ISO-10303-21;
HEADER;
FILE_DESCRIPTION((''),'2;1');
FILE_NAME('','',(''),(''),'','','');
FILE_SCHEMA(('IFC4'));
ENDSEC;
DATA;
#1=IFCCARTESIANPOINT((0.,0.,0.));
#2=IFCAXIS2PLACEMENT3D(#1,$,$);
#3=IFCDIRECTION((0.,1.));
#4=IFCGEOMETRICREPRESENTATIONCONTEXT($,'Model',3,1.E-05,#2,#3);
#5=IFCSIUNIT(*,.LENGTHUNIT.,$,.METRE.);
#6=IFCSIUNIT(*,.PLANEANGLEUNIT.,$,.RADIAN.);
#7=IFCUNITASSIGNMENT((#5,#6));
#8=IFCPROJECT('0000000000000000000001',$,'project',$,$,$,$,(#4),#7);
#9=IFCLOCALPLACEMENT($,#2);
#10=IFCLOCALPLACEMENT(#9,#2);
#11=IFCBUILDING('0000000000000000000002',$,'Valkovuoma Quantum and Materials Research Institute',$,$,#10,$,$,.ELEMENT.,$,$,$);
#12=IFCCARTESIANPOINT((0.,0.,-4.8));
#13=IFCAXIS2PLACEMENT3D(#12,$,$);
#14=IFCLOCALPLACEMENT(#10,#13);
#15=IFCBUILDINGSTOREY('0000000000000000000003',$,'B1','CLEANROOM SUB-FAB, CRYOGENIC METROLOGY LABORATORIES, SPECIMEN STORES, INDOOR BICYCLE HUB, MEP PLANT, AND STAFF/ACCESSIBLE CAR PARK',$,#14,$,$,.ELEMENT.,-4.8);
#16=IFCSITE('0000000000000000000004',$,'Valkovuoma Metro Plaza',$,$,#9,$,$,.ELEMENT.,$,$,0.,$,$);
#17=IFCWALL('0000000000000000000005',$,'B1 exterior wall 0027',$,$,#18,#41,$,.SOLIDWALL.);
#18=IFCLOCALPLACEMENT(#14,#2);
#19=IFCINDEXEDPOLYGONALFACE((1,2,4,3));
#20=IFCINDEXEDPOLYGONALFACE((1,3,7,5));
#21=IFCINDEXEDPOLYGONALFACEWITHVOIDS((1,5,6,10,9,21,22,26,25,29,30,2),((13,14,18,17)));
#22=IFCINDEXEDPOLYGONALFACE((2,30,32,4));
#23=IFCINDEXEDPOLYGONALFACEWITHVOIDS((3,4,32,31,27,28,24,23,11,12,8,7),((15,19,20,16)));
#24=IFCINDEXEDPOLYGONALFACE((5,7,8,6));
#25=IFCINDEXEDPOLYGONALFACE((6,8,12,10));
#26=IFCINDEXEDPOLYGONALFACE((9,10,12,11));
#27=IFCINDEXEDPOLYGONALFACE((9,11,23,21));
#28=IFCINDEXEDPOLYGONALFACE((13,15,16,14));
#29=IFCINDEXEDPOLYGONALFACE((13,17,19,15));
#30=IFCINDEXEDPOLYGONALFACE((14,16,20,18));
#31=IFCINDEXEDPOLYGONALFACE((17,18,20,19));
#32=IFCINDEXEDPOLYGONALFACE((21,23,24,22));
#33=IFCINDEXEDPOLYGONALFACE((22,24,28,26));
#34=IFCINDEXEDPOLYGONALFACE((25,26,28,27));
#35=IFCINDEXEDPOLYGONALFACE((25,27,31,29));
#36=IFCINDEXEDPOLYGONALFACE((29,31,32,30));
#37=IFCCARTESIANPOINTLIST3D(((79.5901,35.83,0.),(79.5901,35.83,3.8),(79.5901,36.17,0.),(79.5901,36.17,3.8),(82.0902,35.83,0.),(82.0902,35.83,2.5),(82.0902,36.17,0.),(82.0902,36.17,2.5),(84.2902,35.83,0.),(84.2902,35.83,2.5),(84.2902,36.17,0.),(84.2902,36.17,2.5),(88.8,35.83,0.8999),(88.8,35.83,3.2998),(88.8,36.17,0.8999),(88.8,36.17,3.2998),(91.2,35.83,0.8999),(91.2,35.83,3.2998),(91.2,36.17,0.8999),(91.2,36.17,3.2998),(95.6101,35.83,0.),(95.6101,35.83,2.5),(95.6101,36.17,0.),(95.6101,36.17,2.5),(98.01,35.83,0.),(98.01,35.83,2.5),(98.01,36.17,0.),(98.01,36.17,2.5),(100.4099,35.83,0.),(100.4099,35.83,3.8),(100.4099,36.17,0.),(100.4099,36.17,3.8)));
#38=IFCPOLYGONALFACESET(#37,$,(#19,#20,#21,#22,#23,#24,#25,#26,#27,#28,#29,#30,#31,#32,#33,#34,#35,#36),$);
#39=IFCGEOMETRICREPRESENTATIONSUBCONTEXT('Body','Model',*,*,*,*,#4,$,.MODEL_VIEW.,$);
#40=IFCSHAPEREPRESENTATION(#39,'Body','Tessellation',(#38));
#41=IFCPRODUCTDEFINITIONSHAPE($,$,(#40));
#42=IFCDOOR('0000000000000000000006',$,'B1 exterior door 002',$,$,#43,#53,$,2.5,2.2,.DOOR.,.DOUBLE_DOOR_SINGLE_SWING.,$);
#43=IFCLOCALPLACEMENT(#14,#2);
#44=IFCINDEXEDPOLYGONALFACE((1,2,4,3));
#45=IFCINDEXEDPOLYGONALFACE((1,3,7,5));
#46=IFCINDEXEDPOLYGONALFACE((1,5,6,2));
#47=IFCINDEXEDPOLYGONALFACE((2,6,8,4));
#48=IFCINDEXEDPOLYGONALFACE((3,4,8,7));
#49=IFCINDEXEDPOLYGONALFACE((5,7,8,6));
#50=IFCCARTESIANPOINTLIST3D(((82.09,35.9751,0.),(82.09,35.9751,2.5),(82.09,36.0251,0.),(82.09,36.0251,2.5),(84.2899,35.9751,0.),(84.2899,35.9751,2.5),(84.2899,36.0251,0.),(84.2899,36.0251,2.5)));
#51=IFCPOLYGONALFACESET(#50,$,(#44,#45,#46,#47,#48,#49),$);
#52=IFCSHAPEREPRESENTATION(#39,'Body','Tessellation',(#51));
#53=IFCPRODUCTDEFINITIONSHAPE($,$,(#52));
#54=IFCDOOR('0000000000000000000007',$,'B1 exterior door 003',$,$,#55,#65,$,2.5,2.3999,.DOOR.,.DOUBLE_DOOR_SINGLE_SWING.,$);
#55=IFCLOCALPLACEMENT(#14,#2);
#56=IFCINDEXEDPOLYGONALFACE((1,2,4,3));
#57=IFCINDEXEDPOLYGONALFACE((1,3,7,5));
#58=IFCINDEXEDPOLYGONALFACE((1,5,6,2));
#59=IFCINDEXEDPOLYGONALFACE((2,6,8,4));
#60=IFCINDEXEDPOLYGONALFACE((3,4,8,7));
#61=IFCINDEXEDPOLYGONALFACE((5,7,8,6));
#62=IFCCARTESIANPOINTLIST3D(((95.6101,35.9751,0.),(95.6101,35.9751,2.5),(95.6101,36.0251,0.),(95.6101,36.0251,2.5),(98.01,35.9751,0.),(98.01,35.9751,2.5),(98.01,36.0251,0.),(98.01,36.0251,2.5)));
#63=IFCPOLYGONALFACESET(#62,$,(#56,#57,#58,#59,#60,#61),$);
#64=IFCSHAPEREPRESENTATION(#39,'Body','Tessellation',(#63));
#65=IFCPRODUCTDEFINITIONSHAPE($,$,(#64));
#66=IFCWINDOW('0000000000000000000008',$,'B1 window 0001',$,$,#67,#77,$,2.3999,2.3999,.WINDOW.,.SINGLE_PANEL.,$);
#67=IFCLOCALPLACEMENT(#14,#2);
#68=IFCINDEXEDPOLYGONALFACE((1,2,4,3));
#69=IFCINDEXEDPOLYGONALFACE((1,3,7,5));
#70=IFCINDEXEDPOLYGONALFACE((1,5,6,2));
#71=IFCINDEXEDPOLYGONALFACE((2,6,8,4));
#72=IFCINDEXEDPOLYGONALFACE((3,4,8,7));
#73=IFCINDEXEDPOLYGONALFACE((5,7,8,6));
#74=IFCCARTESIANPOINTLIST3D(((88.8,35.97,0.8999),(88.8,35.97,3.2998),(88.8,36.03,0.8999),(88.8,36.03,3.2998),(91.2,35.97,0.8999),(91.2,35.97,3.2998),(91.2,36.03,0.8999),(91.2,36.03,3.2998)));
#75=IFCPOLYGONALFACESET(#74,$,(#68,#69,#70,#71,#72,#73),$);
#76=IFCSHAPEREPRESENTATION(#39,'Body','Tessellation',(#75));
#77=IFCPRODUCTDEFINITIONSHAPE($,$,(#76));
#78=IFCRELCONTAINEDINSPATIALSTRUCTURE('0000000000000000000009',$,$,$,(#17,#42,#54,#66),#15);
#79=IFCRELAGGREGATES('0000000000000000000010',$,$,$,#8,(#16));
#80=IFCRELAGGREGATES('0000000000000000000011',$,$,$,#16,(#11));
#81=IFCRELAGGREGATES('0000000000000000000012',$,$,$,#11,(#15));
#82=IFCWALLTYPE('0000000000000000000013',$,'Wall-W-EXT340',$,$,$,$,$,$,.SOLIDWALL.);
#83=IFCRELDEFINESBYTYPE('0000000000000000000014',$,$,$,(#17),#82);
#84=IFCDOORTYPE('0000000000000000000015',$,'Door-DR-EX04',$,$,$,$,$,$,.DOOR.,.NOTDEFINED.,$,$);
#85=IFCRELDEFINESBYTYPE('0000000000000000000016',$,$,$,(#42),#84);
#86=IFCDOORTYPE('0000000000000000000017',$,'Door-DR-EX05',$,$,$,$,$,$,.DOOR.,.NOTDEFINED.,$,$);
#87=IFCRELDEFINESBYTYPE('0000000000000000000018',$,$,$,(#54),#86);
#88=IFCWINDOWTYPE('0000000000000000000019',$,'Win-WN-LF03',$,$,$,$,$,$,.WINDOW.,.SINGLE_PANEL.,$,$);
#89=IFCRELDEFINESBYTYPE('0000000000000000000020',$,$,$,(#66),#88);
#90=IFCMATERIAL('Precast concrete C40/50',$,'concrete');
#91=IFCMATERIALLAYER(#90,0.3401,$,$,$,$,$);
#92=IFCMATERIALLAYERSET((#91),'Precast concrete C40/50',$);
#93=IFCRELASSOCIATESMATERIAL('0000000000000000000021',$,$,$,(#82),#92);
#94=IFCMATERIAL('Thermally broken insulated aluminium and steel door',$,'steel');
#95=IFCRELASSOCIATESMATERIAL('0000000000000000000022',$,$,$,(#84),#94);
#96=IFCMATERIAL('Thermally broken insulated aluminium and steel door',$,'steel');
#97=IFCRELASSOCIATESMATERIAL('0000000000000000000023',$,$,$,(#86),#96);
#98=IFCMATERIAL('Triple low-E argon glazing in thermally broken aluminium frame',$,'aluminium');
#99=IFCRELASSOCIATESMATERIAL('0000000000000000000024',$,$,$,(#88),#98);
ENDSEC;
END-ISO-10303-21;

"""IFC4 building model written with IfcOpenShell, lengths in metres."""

from ifc_helpers import new_model, si_unit, direction, frame, frame_2d, origin, place, context, subcontext, project, spatial, rectangle, extrude, material, layer, layer_set, type_object, element, fill, save


model = new_model("IFC4")

# Units and contexts
model_context = context("Model", 3, precision=1e-05, world=origin(), true_north=direction((0.0, 1.0)))
body_context = subcontext(model_context, "Body", "Model", "MODEL_VIEW")
ifc_project = project(units=[si_unit("LENGTHUNIT", "METRE"), si_unit("PLANEANGLEUNIT", "RADIAN")], contexts=[model_context])

# Site, building, storey
site_placement = place(None, origin())
site = spatial("IfcSite", under=ifc_project, at=site_placement, Name="Valkovuoma Metro Plaza", CompositionType="ELEMENT", RefElevation=0.0)
building_placement = place(site_placement, origin())
building = spatial("IfcBuilding", under=site, at=building_placement, Name="Valkovuoma Quantum and Materials Research Institute", CompositionType="ELEMENT")
storey_placement = place(building_placement, frame((0.0, 0.0, -4.8)))
storey = spatial("IfcBuildingStorey", under=building, at=storey_placement, Name="B1", Description="CLEANROOM SUB-FAB, CRYOGENIC METROLOGY LABORATORIES, SPECIMEN STORES, INDOOR BICYCLE HUB, MEP PLANT, AND STAFF/ACCESSIBLE CAR PARK", CompositionType="ELEMENT", Elevation=-4.8)

# Wall, openings, doors, window
ifc_material_1 = material(Name="Precast concrete C40/50", Category="concrete")
ifc_layer = layer(ifc_material_1, 0.3401)
ifc_layer_set = layer_set([ifc_layer], Name="Precast concrete C40/50")
wall_type = type_object("IfcWallType", Name="Wall-W-EXT340", PredefinedType="SOLIDWALL", material=ifc_layer_set)
wall_placement = place(storey_placement, frame((79.5901, 36.0, 0.0), z_axis=(0.0, 0.0, 1.0), x_axis=(1.0, 0.0, 0.0)))
wall = element("IfcWall", 1, at=wall_placement, inside=storey, type_object=wall_type, Name="B1 exterior wall 0027", PredefinedType="SOLIDWALL", context=body_context, shape_type="SweptSolid", body=[
    extrude(rectangle(XDim=20.8198, YDim=0.3401, at=frame_2d((10.4099, 0.0))), origin(), (0.0, 0.0, 1.0), 3.8),
])
opening_1_placement = place(wall_placement, frame((2.5, 0.0, 0.0)))
opening_1 = element("IfcOpeningElement", 2, at=opening_1_placement, cuts=wall, PredefinedType="OPENING", context=body_context, shape_type="SweptSolid", body=[
    extrude(rectangle(XDim=2.2, YDim=2.5, at=frame_2d((1.1001, 1.25))), frame((0.0, 0.1802, 0.0), z_axis=(0.0, -1.0, 0.0), x_axis=(1.0, 0.0, 0.0)), (0.0, 0.0, 1.0), 0.3601),
])
opening_2_placement = place(wall_placement, frame((16.02, 0.0, 0.0)))
opening_2 = element("IfcOpeningElement", 3, at=opening_2_placement, cuts=wall, PredefinedType="OPENING", context=body_context, shape_type="SweptSolid", body=[
    extrude(rectangle(XDim=2.3999, YDim=2.5, at=frame_2d((1.2, 1.25))), frame((0.0, 0.1802, 0.0), z_axis=(0.0, -1.0, 0.0), x_axis=(1.0, 0.0, 0.0)), (0.0, 0.0, 1.0), 0.3601),
])
opening_3_placement = place(wall_placement, frame((9.21, 0.0, 0.8999)))
opening_3 = element("IfcOpeningElement", 4, at=opening_3_placement, cuts=wall, PredefinedType="OPENING", context=body_context, shape_type="SweptSolid", body=[
    extrude(rectangle(XDim=2.3999, YDim=2.3999, at=frame_2d((1.2, 1.2))), frame((0.0, 0.1802, 0.0), z_axis=(0.0, -1.0, 0.0), x_axis=(1.0, 0.0, 0.0)), (0.0, 0.0, 1.0), 0.3601),
])
ifc_material_2 = material(Name="Thermally broken insulated aluminium and steel door", Category="steel")
door_type_1 = type_object("IfcDoorType", Name="Door-DR-EX04", OperationType="NOTDEFINED", PredefinedType="DOOR", material=ifc_material_2)
door_1_placement = place(opening_1_placement, frame((2.2, 0.0, 0.0), z_axis=(0.0, 0.0, 1.0), x_axis=(-1.0, 0.0, 0.0)))
door_1 = element("IfcDoor", 5, at=door_1_placement, inside=storey, type_object=door_type_1, Name="B1 exterior door 002", OperationType="DOUBLE_DOOR_SINGLE_SWING", OverallHeight=2.5, OverallWidth=2.2, PredefinedType="DOOR", context=body_context, shape_type="SweptSolid", body=[
    extrude(rectangle(XDim=2.2, YDim=2.5, at=frame_2d((1.1001, 1.25))), frame((0.0, 0.0249, 0.0), z_axis=(0.0, -1.0, 0.0), x_axis=(1.0, 0.0, 0.0)), (0.0, 0.0, 1.0), 0.05),
])
fill(opening_1, door_1)
ifc_material_3 = material(Name="Thermally broken insulated aluminium and steel door", Category="steel")
door_type_2 = type_object("IfcDoorType", Name="Door-DR-EX05", OperationType="NOTDEFINED", PredefinedType="DOOR", material=ifc_material_3)
door_2_placement = place(opening_2_placement, frame((2.3999, 0.0, 0.0), z_axis=(0.0, 0.0, 1.0), x_axis=(-1.0, 0.0, 0.0)))
door_2 = element("IfcDoor", 6, at=door_2_placement, inside=storey, type_object=door_type_2, Name="B1 exterior door 003", OperationType="DOUBLE_DOOR_SINGLE_SWING", OverallHeight=2.5, OverallWidth=2.3999, PredefinedType="DOOR", context=body_context, shape_type="SweptSolid", body=[
    extrude(rectangle(XDim=2.3999, YDim=2.5, at=frame_2d((1.2, 1.25))), frame((0.0, 0.0249, 0.0), z_axis=(0.0, -1.0, 0.0), x_axis=(1.0, 0.0, 0.0)), (0.0, 0.0, 1.0), 0.05),
])
fill(opening_2, door_2)
ifc_material_4 = material(Name="Triple low-E argon glazing in thermally broken aluminium frame", Category="aluminium")
window_type = type_object("IfcWindowType", Name="Win-WN-LF03", PartitioningType="SINGLE_PANEL", PredefinedType="WINDOW", material=ifc_material_4)
window_placement = place(opening_3_placement, origin())
window = element("IfcWindow", 7, at=window_placement, inside=storey, type_object=window_type, Name="B1 window 0001", OverallHeight=2.3999, OverallWidth=2.3999, PartitioningType="SINGLE_PANEL", PredefinedType="WINDOW", context=body_context, shape_type="SweptSolid", body=[
    extrude(rectangle(XDim=2.3999, YDim=2.3999, at=frame_2d((1.2, 1.2))), frame((0.0, 0.03, 0.0), z_axis=(0.0, -1.0, 0.0), x_axis=(1.0, 0.0, 0.0)), (0.0, 0.0, 1.0), 0.0601),
])
fill(opening_3, window)

save(model, "model.ifc")
